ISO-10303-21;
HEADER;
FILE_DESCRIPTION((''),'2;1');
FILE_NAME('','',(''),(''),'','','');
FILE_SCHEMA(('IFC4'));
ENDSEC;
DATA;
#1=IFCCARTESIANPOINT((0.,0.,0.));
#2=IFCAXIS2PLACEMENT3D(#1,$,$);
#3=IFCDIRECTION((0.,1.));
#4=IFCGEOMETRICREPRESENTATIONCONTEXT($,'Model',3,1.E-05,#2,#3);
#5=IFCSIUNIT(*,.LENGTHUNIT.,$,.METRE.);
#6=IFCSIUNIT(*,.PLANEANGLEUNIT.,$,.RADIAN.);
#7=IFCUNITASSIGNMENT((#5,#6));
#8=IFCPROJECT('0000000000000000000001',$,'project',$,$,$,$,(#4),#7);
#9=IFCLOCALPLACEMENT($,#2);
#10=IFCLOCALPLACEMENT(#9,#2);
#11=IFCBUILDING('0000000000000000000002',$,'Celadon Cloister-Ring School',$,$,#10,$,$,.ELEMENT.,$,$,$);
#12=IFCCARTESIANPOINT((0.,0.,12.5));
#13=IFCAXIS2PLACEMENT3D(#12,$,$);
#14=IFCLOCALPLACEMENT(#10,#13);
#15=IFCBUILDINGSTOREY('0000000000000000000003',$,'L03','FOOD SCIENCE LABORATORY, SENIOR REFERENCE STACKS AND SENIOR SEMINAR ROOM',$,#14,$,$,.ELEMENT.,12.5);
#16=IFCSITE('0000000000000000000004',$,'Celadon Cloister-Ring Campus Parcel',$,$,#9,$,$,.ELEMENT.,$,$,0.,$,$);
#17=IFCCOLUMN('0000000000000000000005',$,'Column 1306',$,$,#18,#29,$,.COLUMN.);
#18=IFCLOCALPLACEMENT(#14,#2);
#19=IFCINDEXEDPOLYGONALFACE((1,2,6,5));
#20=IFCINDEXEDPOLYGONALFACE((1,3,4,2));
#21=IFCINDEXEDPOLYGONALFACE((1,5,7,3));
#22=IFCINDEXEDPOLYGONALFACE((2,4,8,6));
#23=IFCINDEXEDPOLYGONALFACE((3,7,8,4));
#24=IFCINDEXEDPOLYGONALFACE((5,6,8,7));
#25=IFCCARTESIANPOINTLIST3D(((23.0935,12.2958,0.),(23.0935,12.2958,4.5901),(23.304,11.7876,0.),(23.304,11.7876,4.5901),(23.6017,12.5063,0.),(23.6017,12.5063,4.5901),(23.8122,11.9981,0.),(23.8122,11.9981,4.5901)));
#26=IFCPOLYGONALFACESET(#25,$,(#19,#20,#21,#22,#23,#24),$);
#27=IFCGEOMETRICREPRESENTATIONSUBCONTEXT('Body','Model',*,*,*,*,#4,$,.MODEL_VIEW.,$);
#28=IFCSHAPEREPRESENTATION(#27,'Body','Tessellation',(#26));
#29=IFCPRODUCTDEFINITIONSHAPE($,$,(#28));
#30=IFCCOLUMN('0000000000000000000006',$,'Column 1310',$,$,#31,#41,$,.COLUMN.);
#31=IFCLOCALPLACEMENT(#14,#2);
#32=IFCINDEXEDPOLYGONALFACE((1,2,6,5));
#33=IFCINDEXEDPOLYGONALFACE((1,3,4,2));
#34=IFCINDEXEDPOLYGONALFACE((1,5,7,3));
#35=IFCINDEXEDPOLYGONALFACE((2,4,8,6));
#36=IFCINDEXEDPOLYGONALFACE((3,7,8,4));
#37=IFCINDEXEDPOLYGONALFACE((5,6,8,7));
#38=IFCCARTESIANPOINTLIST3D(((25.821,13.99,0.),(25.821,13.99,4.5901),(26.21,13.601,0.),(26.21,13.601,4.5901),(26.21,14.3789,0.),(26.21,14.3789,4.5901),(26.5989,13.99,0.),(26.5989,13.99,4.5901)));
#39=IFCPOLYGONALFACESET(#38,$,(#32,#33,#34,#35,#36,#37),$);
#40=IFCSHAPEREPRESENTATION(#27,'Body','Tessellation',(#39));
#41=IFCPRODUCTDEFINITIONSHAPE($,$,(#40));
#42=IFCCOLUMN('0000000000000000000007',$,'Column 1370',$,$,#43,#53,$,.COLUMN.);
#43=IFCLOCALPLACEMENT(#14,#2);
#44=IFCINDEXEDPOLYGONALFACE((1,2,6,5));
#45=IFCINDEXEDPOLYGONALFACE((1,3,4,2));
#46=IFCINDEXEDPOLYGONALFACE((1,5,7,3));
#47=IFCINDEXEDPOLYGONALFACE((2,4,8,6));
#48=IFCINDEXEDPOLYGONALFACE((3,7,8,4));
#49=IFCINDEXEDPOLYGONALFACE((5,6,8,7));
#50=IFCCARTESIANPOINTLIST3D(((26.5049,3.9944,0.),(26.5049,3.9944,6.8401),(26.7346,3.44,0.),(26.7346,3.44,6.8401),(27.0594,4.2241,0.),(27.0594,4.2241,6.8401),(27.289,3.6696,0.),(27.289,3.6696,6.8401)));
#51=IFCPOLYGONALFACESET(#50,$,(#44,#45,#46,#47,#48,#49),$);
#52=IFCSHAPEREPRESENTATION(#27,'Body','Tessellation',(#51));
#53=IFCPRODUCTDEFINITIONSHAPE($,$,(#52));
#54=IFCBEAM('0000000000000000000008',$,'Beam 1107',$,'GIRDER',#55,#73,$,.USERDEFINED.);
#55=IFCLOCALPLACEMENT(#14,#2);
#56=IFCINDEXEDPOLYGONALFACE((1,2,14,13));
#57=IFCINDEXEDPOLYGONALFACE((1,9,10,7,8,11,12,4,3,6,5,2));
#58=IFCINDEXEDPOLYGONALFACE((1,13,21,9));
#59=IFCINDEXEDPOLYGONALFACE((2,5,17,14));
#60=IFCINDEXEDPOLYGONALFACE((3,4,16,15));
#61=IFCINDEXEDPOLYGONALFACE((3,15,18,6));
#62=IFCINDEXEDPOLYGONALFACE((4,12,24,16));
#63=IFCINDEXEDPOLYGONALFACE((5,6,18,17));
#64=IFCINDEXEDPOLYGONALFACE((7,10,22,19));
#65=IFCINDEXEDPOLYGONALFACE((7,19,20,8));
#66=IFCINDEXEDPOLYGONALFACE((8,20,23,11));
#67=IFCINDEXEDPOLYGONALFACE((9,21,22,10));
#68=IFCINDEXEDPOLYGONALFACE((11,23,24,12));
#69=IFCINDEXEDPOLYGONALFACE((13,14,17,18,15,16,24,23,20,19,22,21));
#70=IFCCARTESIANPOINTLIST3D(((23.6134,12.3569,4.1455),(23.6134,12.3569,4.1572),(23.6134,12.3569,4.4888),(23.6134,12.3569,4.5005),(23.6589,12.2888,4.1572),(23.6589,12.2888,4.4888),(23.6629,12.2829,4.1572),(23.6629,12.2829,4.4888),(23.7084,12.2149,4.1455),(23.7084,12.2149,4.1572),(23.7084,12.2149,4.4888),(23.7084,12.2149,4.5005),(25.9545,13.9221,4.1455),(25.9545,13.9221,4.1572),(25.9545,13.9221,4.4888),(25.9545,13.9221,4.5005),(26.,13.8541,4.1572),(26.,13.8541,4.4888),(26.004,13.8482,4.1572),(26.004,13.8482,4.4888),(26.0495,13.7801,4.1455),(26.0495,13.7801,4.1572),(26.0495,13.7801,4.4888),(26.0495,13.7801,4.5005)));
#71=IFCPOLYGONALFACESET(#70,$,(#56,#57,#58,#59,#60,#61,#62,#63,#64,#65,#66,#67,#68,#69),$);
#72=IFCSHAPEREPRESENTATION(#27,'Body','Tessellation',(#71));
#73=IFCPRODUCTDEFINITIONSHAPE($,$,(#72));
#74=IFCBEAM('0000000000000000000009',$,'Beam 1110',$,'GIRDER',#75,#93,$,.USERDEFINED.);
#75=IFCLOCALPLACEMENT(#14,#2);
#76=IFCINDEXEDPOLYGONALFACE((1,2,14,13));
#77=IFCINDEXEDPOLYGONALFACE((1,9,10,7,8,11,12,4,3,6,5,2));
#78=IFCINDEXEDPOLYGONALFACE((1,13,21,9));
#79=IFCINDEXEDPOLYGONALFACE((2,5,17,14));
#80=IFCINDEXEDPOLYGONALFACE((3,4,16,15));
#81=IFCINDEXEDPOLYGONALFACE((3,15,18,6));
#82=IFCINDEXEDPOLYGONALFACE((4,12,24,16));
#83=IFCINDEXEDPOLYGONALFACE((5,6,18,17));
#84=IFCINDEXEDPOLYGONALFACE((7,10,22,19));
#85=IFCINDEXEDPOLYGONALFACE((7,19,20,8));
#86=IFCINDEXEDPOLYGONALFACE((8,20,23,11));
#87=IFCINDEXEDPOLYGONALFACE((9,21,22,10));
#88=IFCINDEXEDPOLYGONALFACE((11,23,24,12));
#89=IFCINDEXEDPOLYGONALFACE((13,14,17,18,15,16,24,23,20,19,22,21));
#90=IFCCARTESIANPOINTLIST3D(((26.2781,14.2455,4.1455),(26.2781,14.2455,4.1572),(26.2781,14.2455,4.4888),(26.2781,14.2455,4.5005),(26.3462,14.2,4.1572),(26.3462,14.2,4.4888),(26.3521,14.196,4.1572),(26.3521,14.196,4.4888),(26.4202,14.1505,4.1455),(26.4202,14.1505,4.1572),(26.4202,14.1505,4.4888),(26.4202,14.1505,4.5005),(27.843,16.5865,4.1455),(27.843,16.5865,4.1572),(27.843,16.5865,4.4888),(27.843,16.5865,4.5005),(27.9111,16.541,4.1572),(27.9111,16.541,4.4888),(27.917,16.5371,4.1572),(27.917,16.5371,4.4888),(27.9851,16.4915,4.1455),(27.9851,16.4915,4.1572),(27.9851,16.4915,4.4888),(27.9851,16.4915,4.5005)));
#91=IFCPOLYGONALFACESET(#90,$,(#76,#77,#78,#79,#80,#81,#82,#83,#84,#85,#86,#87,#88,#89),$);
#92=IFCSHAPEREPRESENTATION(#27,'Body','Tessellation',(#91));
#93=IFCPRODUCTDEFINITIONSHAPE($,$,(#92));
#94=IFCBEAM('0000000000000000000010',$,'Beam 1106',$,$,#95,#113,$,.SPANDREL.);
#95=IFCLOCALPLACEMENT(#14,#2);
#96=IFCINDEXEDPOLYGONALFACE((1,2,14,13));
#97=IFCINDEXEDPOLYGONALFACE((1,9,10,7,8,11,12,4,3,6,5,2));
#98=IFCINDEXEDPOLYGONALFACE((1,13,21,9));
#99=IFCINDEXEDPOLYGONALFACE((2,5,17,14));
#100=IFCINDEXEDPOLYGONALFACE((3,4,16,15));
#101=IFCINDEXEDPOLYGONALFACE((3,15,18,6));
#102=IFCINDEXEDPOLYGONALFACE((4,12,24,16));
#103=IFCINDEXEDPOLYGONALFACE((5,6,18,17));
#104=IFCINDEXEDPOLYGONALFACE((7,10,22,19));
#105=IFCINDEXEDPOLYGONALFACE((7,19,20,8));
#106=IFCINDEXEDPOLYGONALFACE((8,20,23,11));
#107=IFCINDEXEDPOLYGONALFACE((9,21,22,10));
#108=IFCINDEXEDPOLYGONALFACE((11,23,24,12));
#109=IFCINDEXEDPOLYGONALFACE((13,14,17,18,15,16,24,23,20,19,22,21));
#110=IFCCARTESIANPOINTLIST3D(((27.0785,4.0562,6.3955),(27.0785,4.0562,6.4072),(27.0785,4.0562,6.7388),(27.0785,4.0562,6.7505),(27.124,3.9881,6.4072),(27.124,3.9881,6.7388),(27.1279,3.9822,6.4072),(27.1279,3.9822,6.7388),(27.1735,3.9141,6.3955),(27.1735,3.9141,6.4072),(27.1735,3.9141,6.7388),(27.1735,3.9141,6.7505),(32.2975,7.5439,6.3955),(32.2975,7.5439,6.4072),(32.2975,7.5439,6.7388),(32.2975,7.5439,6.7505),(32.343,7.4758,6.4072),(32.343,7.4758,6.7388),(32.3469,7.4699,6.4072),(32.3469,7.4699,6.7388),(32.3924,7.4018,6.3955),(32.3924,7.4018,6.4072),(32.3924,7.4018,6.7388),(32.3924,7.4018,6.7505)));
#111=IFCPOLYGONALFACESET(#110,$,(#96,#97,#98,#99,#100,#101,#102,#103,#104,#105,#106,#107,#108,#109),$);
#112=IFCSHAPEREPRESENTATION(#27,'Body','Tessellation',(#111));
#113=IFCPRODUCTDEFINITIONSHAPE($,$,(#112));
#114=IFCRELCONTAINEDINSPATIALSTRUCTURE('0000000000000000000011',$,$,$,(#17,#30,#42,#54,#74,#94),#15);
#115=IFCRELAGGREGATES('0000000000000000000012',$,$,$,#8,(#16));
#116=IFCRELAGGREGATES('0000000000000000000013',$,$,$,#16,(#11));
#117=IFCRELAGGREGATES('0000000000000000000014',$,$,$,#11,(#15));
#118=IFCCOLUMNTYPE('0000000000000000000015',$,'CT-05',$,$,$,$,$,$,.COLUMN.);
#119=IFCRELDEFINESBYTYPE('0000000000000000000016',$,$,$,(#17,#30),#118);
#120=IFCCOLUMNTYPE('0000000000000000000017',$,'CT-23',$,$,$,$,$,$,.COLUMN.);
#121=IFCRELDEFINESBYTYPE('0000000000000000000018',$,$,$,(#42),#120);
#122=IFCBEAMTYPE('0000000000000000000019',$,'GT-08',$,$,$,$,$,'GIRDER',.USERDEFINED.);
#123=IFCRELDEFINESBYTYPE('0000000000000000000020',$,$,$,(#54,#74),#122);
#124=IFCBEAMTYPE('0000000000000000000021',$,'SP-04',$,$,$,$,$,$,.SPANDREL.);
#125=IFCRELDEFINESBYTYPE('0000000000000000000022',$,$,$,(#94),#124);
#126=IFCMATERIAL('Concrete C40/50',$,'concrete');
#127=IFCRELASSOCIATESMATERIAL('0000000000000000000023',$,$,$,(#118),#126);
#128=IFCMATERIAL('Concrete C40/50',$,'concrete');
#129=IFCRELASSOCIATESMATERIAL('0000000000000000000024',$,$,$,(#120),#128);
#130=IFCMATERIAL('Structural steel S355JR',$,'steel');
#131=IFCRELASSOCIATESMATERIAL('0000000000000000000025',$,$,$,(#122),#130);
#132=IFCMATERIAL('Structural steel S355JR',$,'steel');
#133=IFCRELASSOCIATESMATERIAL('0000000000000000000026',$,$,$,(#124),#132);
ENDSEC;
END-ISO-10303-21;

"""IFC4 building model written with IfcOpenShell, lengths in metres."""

from ifc_helpers import new_model, si_unit, direction, frame, origin, origin_2d, place, context, subcontext, project, spatial, rectangle, i_section, extrude, material, material_profile, profile_set, type_object, element, save


model = new_model("IFC4")

# Units and contexts
model_context = context("Model", 3, precision=1e-05, world=origin(), true_north=direction((0.0, 1.0)))
body_context = subcontext(model_context, "Body", "Model", "MODEL_VIEW")
ifc_project = project(units=[si_unit("LENGTHUNIT", "METRE"), si_unit("PLANEANGLEUNIT", "RADIAN")], contexts=[model_context])

# Site, building, storey
site_placement = place(None, origin())
site = spatial("IfcSite", under=ifc_project, at=site_placement, Name="Celadon Cloister-Ring Campus Parcel", CompositionType="ELEMENT", RefElevation=0.0)
building_placement = place(site_placement, origin())
building = spatial("IfcBuilding", under=site, at=building_placement, Name="Celadon Cloister-Ring School", CompositionType="ELEMENT")
storey_placement = place(building_placement, frame((0.0, 0.0, 12.5)))
storey = spatial("IfcBuildingStorey", under=building, at=storey_placement, Name="L03", Description="FOOD SCIENCE LABORATORY, SENIOR REFERENCE STACKS AND SENIOR SEMINAR ROOM", CompositionType="ELEMENT", Elevation=12.5)

# Columns
ifc_material_1 = material(Name="Concrete C40/50", Category="concrete")
ifc_material_profile_1 = material_profile(ifc_material_1, rectangle(XDim=0.55, YDim=0.55, at=origin_2d()), Name="RC550X550")
ifc_profile_set_1 = profile_set([ifc_material_profile_1], Name="Concrete C40/50")
column_type_1 = type_object("IfcColumnType", Name="CT-05", PredefinedType="COLUMN", material=ifc_profile_set_1)
for number, where, z_axis, x_axis, name in (
    (1, (23.4529, 12.147, 0.0), (0.0, 0.0, 1.0), (0.382683, -0.92388, 0.0), "Column 1306"),
    (2, (26.21, 13.99, 0.0), (0.0, 0.0, 1.0), (0.707107, -0.707107, 0.0), "Column 1310"),
):
    element("IfcColumn", number, at=place(storey_placement, frame(where, z_axis=z_axis, x_axis=x_axis)), inside=storey, type_object=column_type_1, Name=name, PredefinedType="COLUMN", context=body_context, shape_type="SweptSolid", body=[
        extrude(rectangle(XDim=0.55, YDim=0.55, at=origin_2d()), origin(), (0.0, 0.0, 1.0), 4.5901),
    ])
ifc_material_2 = material(Name="Concrete C40/50", Category="concrete")
ifc_material_profile_2 = material_profile(ifc_material_2, rectangle(XDim=0.6001, YDim=0.6001, at=origin_2d()), Name="RC600X600")
ifc_profile_set_2 = profile_set([ifc_material_profile_2], Name="Concrete C40/50")
column_type_2 = type_object("IfcColumnType", Name="CT-23", PredefinedType="COLUMN", material=ifc_profile_set_2)
column_placement = place(storey_placement, frame((26.897, 3.832, 0.0), z_axis=(0.0, 0.0, 1.0), x_axis=(0.382683, -0.92388, 0.0)))
element("IfcColumn", 3, at=column_placement, inside=storey, type_object=column_type_2, Name="Column 1370", PredefinedType="COLUMN", context=body_context, shape_type="SweptSolid", body=[
    extrude(rectangle(XDim=0.6001, YDim=0.6001, at=origin_2d()), origin(), (0.0, 0.0, 1.0), 6.8401),
])

# Beams
ifc_material_3 = material(Name="Structural steel S355JR", Category="steel")
ifc_material_profile_3 = material_profile(ifc_material_3, i_section(OverallWidth=0.1709, OverallDepth=0.355, WebThickness=0.0071, FlangeThickness=0.0117, at=origin_2d()), Name="W360X51")
ifc_profile_set_3 = profile_set([ifc_material_profile_3], Name="Structural steel S355JR")
beam_type_1 = type_object("IfcBeamType", Name="GT-08", ElementType="GIRDER", PredefinedType="USERDEFINED", material=ifc_profile_set_3)
beam_1_placement = place(storey_placement, frame((23.6609, 12.2859, 4.323), z_axis=(0.831316, 0.5558, 0.0), x_axis=(-0.5558, 0.831316, 0.0)))
element("IfcBeam", 4, at=beam_1_placement, inside=storey, type_object=beam_type_1, Name="Beam 1107", ObjectType="GIRDER", PredefinedType="USERDEFINED", context=body_context, shape_type="SweptSolid", body=[
    extrude(i_section(OverallWidth=0.1709, OverallDepth=0.355, WebThickness=0.0071, FlangeThickness=0.0117, at=origin_2d()), origin(), (0.0, 0.0, 1.0), 2.8162),
])
beam_2_placement = place(storey_placement, frame((26.3491, 14.198, 4.323), z_axis=(0.55574, 0.831356, 0.0), x_axis=(-0.831356, 0.55574, 0.0)))
element("IfcBeam", 5, at=beam_2_placement, inside=storey, type_object=beam_type_1, Name="Beam 1110", ObjectType="GIRDER", PredefinedType="USERDEFINED", context=body_context, shape_type="SweptSolid", body=[
    extrude(i_section(OverallWidth=0.1709, OverallDepth=0.355, WebThickness=0.0071, FlangeThickness=0.0117, at=origin_2d()), origin(), (0.0, 0.0, 1.0), 2.8159),
])
ifc_material_4 = material(Name="Structural steel S355JR", Category="steel")
ifc_material_profile_4 = material_profile(ifc_material_4, i_section(OverallWidth=0.1709, OverallDepth=0.355, WebThickness=0.0071, FlangeThickness=0.0117, at=origin_2d()), Name="W360X51")
ifc_profile_set_4 = profile_set([ifc_material_profile_4], Name="Structural steel S355JR")
beam_type_2 = type_object("IfcBeamType", Name="SP-04", PredefinedType="SPANDREL", material=ifc_profile_set_4)
beam_3_placement = place(storey_placement, frame((27.126, 3.9851, 6.573), z_axis=(0.831427, 0.555633, 0.0), x_axis=(-0.555633, 0.831427, 0.0)))
element("IfcBeam", 6, at=beam_3_placement, inside=storey, type_object=beam_type_2, Name="Beam 1106", PredefinedType="SPANDREL", context=body_context, shape_type="SweptSolid", body=[
    extrude(i_section(OverallWidth=0.1709, OverallDepth=0.355, WebThickness=0.0071, FlangeThickness=0.0117, at=origin_2d()), origin(), (0.0, 0.0, 1.0), 6.2771),
])

save(model, "model.ifc")
